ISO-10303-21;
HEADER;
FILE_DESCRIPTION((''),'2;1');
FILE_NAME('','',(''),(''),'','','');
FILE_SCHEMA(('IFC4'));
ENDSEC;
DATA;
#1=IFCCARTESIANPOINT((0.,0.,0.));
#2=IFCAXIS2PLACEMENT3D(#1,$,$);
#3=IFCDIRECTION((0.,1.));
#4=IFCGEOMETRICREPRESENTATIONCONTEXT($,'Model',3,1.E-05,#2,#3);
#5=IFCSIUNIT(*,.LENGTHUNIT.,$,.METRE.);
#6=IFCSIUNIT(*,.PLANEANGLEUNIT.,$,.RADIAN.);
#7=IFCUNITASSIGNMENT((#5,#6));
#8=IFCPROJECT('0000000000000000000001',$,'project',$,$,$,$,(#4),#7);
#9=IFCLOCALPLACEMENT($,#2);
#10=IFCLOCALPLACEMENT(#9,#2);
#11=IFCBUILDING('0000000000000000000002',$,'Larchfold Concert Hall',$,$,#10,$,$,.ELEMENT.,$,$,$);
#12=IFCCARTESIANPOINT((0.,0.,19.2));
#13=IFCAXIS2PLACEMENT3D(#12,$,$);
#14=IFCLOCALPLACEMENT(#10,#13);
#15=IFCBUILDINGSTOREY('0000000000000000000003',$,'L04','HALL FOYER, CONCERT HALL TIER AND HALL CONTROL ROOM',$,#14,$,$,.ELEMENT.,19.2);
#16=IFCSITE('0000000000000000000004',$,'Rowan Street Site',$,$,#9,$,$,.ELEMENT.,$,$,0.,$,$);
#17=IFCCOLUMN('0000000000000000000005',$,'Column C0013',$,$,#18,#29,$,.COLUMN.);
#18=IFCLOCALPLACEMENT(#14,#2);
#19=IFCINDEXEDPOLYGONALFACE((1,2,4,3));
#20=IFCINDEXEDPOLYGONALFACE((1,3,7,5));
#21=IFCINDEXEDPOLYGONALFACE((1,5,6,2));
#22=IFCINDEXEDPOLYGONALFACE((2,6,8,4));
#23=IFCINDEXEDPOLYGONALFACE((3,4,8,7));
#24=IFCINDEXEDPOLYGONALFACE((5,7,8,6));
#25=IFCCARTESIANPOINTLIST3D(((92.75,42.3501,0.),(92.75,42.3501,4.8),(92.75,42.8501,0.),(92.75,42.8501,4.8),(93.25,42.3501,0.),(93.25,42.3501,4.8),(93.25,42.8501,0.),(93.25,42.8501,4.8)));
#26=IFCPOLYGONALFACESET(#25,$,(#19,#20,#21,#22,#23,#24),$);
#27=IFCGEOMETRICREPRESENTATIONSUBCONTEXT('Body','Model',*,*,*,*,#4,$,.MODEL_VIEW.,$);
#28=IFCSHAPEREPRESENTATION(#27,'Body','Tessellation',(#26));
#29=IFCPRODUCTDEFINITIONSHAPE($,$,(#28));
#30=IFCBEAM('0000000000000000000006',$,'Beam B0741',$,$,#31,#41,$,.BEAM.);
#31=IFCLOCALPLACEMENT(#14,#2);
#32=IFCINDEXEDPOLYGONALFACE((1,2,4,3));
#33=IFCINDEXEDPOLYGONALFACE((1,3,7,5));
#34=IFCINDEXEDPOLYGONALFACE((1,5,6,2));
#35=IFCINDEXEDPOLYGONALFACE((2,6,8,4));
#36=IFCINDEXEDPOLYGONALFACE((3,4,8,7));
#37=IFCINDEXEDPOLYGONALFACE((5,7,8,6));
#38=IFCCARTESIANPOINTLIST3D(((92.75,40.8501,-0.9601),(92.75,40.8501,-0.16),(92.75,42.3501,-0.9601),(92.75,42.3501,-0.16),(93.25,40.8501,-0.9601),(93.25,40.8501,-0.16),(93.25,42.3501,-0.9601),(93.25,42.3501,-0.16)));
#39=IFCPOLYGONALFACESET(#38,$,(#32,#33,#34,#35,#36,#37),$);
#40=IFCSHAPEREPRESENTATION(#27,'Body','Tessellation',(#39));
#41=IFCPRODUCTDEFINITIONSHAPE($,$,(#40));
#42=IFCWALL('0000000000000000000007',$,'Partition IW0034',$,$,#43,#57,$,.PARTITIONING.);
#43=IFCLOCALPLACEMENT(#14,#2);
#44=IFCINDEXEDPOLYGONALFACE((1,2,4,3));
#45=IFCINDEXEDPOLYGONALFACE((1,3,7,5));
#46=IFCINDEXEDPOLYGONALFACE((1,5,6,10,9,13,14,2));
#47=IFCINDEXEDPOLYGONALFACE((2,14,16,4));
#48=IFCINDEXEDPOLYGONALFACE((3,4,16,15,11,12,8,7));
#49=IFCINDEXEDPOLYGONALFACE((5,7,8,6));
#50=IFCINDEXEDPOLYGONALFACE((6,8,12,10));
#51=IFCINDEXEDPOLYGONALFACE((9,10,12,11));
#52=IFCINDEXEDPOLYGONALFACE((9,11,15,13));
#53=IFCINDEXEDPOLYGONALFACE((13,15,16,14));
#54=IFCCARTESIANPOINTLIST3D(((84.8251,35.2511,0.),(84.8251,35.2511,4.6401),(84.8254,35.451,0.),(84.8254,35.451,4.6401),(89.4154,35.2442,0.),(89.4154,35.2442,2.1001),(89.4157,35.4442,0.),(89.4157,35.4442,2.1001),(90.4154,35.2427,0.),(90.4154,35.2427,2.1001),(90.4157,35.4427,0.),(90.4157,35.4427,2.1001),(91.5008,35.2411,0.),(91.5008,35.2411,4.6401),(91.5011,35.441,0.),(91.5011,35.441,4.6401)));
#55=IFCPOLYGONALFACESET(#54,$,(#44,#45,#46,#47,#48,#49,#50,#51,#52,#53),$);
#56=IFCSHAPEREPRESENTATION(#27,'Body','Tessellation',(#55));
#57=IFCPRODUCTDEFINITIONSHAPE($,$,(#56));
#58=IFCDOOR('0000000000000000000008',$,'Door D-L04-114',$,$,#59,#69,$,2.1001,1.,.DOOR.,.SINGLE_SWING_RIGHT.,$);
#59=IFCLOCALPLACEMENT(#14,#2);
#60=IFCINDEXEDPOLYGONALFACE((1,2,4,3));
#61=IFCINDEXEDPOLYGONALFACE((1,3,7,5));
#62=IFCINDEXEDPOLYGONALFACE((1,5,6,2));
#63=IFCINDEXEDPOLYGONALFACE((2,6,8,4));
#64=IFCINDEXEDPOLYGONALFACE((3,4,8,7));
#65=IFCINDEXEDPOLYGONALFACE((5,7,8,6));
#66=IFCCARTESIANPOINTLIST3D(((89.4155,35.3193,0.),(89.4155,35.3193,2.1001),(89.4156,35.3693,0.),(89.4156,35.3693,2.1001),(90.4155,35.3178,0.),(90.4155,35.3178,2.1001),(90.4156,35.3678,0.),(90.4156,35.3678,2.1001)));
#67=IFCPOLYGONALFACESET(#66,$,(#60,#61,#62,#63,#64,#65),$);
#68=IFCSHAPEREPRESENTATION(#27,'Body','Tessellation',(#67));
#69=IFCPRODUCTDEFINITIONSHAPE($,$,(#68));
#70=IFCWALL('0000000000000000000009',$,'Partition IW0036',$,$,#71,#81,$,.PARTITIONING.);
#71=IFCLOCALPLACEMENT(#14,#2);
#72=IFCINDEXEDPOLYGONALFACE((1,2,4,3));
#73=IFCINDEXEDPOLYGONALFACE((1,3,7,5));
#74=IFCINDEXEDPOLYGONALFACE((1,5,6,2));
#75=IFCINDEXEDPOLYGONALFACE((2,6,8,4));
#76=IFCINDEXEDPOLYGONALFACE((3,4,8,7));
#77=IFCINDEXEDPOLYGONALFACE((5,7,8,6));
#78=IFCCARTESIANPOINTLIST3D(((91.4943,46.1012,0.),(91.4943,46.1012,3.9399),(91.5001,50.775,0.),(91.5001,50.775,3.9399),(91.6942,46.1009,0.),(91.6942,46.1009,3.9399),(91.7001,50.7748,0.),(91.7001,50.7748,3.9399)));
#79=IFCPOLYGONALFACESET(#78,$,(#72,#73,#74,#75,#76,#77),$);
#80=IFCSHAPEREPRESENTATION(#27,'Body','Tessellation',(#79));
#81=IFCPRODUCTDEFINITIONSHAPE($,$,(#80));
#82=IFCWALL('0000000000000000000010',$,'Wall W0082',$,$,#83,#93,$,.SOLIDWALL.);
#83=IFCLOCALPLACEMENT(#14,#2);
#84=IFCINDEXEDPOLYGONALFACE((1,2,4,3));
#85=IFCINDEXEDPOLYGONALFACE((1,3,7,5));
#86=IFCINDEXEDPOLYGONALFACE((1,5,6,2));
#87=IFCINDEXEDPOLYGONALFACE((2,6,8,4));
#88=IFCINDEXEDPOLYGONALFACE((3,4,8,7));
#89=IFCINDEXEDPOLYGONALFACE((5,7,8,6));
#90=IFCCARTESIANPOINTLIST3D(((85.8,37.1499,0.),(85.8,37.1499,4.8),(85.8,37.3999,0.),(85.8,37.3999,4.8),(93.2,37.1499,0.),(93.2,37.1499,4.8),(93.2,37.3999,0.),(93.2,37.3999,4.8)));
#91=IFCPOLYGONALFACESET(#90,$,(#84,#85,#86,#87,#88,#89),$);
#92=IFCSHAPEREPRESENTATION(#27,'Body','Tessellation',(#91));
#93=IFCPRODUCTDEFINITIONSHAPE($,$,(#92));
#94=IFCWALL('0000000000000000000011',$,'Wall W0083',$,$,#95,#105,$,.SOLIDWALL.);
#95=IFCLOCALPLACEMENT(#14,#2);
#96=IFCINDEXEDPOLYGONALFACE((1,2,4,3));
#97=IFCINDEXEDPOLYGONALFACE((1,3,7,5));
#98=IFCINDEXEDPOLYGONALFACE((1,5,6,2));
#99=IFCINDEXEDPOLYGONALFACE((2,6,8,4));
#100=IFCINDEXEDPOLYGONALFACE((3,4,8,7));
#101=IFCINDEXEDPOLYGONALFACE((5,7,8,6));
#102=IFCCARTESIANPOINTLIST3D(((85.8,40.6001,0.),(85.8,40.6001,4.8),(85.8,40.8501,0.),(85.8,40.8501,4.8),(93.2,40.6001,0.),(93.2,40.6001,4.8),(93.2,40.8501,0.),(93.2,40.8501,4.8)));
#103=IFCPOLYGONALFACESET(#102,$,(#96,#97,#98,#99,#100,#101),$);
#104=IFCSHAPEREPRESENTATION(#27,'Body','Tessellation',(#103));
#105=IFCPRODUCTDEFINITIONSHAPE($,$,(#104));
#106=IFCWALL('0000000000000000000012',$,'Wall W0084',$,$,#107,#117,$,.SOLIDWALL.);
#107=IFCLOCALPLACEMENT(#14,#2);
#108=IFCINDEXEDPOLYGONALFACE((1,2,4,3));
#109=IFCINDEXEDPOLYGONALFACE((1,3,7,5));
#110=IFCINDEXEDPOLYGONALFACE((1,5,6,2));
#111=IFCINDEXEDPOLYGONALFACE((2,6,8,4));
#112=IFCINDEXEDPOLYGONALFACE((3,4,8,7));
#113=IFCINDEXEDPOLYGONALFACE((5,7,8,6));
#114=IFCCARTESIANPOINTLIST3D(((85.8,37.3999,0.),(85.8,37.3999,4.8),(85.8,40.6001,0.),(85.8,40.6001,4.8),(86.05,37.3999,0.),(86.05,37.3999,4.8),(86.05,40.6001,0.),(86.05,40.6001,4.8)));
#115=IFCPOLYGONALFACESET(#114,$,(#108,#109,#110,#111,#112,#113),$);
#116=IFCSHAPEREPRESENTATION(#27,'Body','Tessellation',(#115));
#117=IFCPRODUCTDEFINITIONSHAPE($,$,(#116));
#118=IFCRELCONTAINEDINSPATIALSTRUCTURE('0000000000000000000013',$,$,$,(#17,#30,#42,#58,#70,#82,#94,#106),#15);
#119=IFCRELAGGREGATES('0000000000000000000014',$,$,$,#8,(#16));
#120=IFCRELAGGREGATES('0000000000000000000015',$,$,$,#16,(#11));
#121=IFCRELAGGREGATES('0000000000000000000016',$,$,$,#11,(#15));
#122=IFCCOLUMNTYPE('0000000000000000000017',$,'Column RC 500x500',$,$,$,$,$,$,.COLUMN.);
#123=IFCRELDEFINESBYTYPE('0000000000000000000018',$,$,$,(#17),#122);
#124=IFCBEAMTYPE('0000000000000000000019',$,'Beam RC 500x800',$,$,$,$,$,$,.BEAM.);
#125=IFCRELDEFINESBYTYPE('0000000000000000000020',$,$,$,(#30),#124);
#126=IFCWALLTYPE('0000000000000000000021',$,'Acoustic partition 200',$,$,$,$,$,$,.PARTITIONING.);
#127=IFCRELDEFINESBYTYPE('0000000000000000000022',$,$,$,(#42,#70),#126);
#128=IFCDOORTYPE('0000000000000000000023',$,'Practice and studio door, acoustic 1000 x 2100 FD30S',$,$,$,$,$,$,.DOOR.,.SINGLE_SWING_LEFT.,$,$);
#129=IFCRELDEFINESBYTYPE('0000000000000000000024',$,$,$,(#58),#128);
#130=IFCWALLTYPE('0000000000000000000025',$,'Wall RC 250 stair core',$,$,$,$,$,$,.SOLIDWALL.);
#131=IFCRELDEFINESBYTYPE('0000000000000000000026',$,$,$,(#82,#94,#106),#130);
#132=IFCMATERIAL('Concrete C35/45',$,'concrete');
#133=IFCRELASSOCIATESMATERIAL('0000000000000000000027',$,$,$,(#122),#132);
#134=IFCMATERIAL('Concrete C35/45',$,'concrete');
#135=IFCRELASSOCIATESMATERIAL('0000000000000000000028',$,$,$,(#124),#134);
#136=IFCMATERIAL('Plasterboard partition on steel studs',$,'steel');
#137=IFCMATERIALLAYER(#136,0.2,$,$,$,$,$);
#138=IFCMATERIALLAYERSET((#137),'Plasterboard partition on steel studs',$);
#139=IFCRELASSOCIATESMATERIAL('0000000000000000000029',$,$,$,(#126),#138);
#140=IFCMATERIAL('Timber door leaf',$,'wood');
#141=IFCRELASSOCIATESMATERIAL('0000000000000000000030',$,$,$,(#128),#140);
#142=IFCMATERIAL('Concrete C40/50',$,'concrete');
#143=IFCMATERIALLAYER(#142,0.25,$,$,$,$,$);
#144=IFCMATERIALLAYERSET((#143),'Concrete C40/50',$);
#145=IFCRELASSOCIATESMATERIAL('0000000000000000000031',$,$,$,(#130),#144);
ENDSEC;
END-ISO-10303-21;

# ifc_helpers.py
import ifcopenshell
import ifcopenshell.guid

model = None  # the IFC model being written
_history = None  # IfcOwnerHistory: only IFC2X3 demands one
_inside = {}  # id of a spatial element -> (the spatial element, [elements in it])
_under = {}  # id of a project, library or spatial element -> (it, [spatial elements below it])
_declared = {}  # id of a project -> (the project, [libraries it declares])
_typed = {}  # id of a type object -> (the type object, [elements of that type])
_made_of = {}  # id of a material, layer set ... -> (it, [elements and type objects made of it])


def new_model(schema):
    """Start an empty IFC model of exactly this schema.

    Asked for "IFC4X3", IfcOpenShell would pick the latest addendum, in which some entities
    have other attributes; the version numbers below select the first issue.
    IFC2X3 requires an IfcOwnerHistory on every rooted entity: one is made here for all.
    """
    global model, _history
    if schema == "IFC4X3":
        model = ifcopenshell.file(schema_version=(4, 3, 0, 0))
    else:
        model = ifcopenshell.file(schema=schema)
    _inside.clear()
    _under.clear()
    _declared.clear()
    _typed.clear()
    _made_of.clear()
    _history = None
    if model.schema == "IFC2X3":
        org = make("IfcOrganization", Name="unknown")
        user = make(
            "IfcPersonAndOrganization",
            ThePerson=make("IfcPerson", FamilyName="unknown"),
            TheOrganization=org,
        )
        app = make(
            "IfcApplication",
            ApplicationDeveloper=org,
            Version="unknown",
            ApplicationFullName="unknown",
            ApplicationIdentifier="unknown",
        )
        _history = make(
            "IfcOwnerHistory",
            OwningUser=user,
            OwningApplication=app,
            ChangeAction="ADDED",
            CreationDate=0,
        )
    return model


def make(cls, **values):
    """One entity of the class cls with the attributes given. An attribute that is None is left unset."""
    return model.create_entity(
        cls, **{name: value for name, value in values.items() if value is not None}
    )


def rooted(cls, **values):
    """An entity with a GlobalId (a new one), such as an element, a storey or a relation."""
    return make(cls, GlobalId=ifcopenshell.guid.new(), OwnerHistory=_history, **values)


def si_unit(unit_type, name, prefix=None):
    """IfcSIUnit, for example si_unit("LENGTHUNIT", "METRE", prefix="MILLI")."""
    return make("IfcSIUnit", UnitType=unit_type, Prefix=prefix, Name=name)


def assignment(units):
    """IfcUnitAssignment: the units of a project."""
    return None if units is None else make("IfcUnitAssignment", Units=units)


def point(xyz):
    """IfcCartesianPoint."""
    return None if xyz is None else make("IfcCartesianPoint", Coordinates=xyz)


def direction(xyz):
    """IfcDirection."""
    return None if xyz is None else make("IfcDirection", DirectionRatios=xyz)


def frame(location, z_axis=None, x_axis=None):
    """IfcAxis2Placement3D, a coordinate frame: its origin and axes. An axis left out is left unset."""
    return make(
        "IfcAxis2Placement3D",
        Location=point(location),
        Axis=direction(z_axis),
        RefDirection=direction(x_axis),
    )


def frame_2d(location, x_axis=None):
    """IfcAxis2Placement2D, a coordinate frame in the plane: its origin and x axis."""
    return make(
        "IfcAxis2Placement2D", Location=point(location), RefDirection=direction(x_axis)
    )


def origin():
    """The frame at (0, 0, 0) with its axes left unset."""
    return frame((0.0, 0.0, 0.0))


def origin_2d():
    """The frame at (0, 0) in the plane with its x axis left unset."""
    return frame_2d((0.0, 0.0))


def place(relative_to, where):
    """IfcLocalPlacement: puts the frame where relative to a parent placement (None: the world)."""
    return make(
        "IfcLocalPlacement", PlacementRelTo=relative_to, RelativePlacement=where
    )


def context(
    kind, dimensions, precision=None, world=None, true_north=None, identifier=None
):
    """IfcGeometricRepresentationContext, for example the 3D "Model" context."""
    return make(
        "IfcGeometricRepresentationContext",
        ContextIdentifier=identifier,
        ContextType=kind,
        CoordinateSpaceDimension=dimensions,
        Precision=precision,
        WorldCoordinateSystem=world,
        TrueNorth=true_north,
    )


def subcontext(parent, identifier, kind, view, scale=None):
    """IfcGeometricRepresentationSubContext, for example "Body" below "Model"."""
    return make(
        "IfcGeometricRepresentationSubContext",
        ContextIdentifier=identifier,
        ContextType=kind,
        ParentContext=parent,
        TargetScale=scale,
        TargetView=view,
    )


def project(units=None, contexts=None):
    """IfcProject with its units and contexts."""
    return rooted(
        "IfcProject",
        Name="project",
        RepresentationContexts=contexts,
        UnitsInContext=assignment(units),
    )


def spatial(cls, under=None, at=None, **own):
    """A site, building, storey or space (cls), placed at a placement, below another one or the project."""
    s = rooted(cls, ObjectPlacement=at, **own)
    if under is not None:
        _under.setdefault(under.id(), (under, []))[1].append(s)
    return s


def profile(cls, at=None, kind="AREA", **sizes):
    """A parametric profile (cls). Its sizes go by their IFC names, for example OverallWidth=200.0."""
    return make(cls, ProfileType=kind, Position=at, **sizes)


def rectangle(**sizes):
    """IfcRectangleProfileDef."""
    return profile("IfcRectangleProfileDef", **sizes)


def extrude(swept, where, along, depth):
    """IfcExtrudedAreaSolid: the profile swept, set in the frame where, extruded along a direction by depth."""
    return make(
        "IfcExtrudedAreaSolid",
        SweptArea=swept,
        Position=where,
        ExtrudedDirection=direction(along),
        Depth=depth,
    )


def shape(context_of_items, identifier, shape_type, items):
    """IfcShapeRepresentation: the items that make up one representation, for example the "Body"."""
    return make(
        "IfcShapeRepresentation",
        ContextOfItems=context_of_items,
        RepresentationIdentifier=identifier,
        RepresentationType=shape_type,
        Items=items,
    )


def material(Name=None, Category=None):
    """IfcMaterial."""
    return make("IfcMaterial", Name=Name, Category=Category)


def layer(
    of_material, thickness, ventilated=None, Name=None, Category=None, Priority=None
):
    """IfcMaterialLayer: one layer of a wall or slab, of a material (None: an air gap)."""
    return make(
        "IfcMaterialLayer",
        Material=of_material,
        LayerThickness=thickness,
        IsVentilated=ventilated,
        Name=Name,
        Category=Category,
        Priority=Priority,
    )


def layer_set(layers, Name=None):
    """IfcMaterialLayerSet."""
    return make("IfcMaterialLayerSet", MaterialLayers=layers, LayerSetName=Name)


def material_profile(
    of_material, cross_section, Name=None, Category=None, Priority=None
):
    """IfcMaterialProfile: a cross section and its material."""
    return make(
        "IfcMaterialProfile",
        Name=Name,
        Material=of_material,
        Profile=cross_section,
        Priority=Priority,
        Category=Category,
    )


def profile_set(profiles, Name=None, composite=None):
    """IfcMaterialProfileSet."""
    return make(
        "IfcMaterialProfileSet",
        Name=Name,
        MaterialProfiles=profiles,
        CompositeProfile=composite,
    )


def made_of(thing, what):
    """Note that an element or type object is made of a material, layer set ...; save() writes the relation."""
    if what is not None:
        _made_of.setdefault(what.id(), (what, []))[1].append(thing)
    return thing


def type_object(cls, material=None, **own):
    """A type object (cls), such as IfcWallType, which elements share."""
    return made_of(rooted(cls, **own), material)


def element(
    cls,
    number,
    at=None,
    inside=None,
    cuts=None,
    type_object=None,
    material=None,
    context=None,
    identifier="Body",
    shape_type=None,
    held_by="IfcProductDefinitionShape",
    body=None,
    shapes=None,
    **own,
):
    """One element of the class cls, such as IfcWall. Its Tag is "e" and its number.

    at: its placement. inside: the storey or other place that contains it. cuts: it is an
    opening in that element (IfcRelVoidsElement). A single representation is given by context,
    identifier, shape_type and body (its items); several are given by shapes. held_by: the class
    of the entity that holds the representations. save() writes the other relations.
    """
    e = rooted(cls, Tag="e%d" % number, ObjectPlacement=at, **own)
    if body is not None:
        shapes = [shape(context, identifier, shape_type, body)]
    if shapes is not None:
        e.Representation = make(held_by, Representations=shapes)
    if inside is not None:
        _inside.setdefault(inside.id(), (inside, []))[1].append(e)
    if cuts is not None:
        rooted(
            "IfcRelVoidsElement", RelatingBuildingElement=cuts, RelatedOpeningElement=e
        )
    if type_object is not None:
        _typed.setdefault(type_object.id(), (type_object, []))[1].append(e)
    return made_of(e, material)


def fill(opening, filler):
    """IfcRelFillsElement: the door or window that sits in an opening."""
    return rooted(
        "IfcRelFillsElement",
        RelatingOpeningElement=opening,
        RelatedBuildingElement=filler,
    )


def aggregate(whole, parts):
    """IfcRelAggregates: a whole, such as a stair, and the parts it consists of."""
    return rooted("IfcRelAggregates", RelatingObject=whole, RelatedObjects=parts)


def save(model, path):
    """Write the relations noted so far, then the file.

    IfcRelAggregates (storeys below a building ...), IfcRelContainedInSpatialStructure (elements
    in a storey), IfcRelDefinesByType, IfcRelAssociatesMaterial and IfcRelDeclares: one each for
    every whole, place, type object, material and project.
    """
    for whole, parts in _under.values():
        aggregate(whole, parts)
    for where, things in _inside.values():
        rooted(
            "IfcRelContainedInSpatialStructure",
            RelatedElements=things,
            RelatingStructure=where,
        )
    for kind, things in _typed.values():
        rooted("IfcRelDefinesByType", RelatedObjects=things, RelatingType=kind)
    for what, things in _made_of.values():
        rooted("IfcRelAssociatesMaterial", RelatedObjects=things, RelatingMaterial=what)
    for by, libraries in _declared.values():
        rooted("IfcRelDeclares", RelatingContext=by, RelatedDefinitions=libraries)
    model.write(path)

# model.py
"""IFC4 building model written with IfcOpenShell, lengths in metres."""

from ifc_helpers import new_model, si_unit, direction, frame, frame_2d, origin, origin_2d, place, context, subcontext, project, spatial, rectangle, extrude, material, layer, layer_set, material_profile, profile_set, type_object, element, fill, save


model = new_model("IFC4")

# Units and contexts
model_context = context("Model", 3, precision=1e-05, world=origin(), true_north=direction((0.0, 1.0)))
body_context = subcontext(model_context, "Body", "Model", "MODEL_VIEW")
ifc_project = project(units=[si_unit("LENGTHUNIT", "METRE"), si_unit("PLANEANGLEUNIT", "RADIAN")], contexts=[model_context])

# Site, building, storey
site_placement = place(None, origin())
site = spatial("IfcSite", under=ifc_project, at=site_placement, Name="Rowan Street Site", CompositionType="ELEMENT", RefElevation=0.0)
building_placement = place(site_placement, origin())
building = spatial("IfcBuilding", under=site, at=building_placement, Name="Larchfold Concert Hall", CompositionType="ELEMENT")
storey_placement = place(building_placement, frame((0.0, 0.0, 19.2)))
storey = spatial("IfcBuildingStorey", under=building, at=storey_placement, Name="L04", Description="HALL FOYER, CONCERT HALL TIER AND HALL CONTROL ROOM", CompositionType="ELEMENT", Elevation=19.2)

# Column
ifc_material_1 = material(Name="Concrete C35/45", Category="concrete")
ifc_material_profile_1 = material_profile(ifc_material_1, rectangle(XDim=0.5, YDim=0.5, at=origin_2d()))
ifc_profile_set_1 = profile_set([ifc_material_profile_1], Name="Concrete C35/45")
column_type = type_object("IfcColumnType", Name="Column RC 500x500", PredefinedType="COLUMN", material=ifc_profile_set_1)
column_placement = place(storey_placement, frame((93.0, 42.6001, 0.0), z_axis=(0.0, 0.0, 1.0), x_axis=(1.0, 0.0, 0.0)))
element("IfcColumn", 1, at=column_placement, inside=storey, type_object=column_type, Name="Column C0013", PredefinedType="COLUMN", context=body_context, shape_type="SweptSolid", body=[
    extrude(rectangle(XDim=0.5, YDim=0.5, at=origin_2d()), origin(), (0.0, 0.0, 1.0), 4.8),
])

# Beam
ifc_material_2 = material(Name="Concrete C35/45", Category="concrete")
ifc_material_profile_2 = material_profile(ifc_material_2, rectangle(XDim=0.5, YDim=0.8, at=origin_2d()))
ifc_profile_set_2 = profile_set([ifc_material_profile_2], Name="Concrete C35/45")
beam_type = type_object("IfcBeamType", Name="Beam RC 500x800", PredefinedType="BEAM", material=ifc_profile_set_2)
beam_placement = place(storey_placement, frame((93.0, 40.8501, -0.5601), z_axis=(0.0, 1.0, 0.0), x_axis=(-1.0, 0.0, 0.0)))
element("IfcBeam", 2, at=beam_placement, inside=storey, type_object=beam_type, Name="Beam B0741", PredefinedType="BEAM", context=body_context, shape_type="SweptSolid", body=[
    extrude(rectangle(XDim=0.5, YDim=0.8, at=origin_2d()), origin(), (0.0, 0.0, 1.0), 1.5),
])

# Wall, opening, door
ifc_material_3 = material(Name="Plasterboard partition on steel studs", Category="steel")
ifc_layer_1 = layer(ifc_material_3, 0.2)
ifc_layer_set_1 = layer_set([ifc_layer_1], Name="Plasterboard partition on steel studs")
wall_type_1 = type_object("IfcWallType", Name="Acoustic partition 200", PredefinedType="PARTITIONING", material=ifc_layer_set_1)
wall_1_placement = place(storey_placement, frame((91.501, 35.3411, 0.0), z_axis=(0.0, 0.0, 1.0), x_axis=(-0.999999, 0.001499, 0.0)))
wall_1 = element("IfcWall", 3, at=wall_1_placement, inside=storey, type_object=wall_type_1, Name="Partition IW0034", PredefinedType="PARTITIONING", context=body_context, shape_type="SweptSolid", body=[
    extrude(rectangle(XDim=6.6758, YDim=0.2, at=frame_2d((3.3379, 0.0))), origin(), (0.0, 0.0, 1.0), 4.6401),
])
opening_1_placement = place(wall_1_placement, frame((1.0854, 0.0, 0.0)))
opening_1 = element("IfcOpeningElement", 4, at=opening_1_placement, cuts=wall_1, PredefinedType="OPENING", context=body_context, shape_type="SweptSolid", body=[
    extrude(rectangle(XDim=1.0, YDim=2.1001, at=frame_2d((0.5, 1.05))), frame((0.0, 0.1099, 0.0), z_axis=(0.0, -1.0, 0.0), x_axis=(1.0, 0.0, 0.0)), (0.0, 0.0, 1.0), 0.22),
])
ifc_material_4 = material(Name="Timber door leaf", Category="wood")
door_type = type_object("IfcDoorType", Name="Practice and studio door, acoustic 1000 x 2100 FD30S", OperationType="SINGLE_SWING_LEFT", PredefinedType="DOOR", material=ifc_material_4)
door_placement = place(opening_1_placement, origin())
door = element("IfcDoor", 5, at=door_placement, inside=storey, type_object=door_type, Name="Door D-L04-114", OperationType="SINGLE_SWING_RIGHT", OverallHeight=2.1001, OverallWidth=1.0, PredefinedType="DOOR", context=body_context, shape_type="SweptSolid", body=[
    extrude(rectangle(XDim=1.0, YDim=2.1001, at=frame_2d((0.5, 1.05))), frame((0.0, 0.0249, 0.0), z_axis=(0.0, -1.0, 0.0), x_axis=(1.0, 0.0, 0.0)), (0.0, 0.0, 1.0), 0.05),
])
fill(opening_1, door)

# Walls
wall_2_placement = place(storey_placement, frame((91.5942, 46.1011, 0.0), z_axis=(0.0, 0.0, 1.0), x_axis=(0.001254, 0.999999, 0.0)))
element("IfcWall", 6, at=wall_2_placement, inside=storey, type_object=wall_type_1, Name="Partition IW0036", PredefinedType="PARTITIONING", context=body_context, shape_type="SweptSolid", body=[
    extrude(rectangle(XDim=4.6738, YDim=0.2, at=frame_2d((2.3369, 0.0))), origin(), (0.0, 0.0, 1.0), 3.9399),
])
ifc_material_5 = material(Name="Concrete C40/50", Category="concrete")
ifc_layer_2 = layer(ifc_material_5, 0.25)
ifc_layer_set_2 = layer_set([ifc_layer_2], Name="Concrete C40/50")
wall_type_2 = type_object("IfcWallType", Name="Wall RC 250 stair core", PredefinedType="SOLIDWALL", material=ifc_layer_set_2)
for number, where, z_axis, x_axis, name in (
    (7, (85.8, 37.2749, 0.0), (0.0, 0.0, 1.0), (1.0, 0.0, 0.0), "Wall W0082"),
    (8, (85.8, 40.7251, 0.0), (0.0, 0.0, 1.0), (1.0, 0.0, 0.0), "Wall W0083"),
):
    element("IfcWall", number, at=place(storey_placement, frame(where, z_axis=z_axis, x_axis=x_axis)), inside=storey, type_object=wall_type_2, Name=name, PredefinedType="SOLIDWALL", context=body_context, shape_type="SweptSolid", body=[
        extrude(rectangle(XDim=7.3999, YDim=0.25, at=frame_2d((3.7, 0.0))), origin(), (0.0, 0.0, 1.0), 4.8),
    ])
wall_3_placement = place(storey_placement, frame((85.925, 37.3999, 0.0), z_axis=(0.0, 0.0, 1.0), x_axis=(0.0, 1.0, 0.0)))
element("IfcWall", 9, at=wall_3_placement, inside=storey, type_object=wall_type_2, Name="Wall W0084", PredefinedType="SOLIDWALL", context=body_context, shape_type="SweptSolid", body=[
    extrude(rectangle(XDim=3.2002, YDim=0.25, at=frame_2d((1.6001, 0.0))), origin(), (0.0, 0.0, 1.0), 4.8),
])

save(model, "model.ifc")
